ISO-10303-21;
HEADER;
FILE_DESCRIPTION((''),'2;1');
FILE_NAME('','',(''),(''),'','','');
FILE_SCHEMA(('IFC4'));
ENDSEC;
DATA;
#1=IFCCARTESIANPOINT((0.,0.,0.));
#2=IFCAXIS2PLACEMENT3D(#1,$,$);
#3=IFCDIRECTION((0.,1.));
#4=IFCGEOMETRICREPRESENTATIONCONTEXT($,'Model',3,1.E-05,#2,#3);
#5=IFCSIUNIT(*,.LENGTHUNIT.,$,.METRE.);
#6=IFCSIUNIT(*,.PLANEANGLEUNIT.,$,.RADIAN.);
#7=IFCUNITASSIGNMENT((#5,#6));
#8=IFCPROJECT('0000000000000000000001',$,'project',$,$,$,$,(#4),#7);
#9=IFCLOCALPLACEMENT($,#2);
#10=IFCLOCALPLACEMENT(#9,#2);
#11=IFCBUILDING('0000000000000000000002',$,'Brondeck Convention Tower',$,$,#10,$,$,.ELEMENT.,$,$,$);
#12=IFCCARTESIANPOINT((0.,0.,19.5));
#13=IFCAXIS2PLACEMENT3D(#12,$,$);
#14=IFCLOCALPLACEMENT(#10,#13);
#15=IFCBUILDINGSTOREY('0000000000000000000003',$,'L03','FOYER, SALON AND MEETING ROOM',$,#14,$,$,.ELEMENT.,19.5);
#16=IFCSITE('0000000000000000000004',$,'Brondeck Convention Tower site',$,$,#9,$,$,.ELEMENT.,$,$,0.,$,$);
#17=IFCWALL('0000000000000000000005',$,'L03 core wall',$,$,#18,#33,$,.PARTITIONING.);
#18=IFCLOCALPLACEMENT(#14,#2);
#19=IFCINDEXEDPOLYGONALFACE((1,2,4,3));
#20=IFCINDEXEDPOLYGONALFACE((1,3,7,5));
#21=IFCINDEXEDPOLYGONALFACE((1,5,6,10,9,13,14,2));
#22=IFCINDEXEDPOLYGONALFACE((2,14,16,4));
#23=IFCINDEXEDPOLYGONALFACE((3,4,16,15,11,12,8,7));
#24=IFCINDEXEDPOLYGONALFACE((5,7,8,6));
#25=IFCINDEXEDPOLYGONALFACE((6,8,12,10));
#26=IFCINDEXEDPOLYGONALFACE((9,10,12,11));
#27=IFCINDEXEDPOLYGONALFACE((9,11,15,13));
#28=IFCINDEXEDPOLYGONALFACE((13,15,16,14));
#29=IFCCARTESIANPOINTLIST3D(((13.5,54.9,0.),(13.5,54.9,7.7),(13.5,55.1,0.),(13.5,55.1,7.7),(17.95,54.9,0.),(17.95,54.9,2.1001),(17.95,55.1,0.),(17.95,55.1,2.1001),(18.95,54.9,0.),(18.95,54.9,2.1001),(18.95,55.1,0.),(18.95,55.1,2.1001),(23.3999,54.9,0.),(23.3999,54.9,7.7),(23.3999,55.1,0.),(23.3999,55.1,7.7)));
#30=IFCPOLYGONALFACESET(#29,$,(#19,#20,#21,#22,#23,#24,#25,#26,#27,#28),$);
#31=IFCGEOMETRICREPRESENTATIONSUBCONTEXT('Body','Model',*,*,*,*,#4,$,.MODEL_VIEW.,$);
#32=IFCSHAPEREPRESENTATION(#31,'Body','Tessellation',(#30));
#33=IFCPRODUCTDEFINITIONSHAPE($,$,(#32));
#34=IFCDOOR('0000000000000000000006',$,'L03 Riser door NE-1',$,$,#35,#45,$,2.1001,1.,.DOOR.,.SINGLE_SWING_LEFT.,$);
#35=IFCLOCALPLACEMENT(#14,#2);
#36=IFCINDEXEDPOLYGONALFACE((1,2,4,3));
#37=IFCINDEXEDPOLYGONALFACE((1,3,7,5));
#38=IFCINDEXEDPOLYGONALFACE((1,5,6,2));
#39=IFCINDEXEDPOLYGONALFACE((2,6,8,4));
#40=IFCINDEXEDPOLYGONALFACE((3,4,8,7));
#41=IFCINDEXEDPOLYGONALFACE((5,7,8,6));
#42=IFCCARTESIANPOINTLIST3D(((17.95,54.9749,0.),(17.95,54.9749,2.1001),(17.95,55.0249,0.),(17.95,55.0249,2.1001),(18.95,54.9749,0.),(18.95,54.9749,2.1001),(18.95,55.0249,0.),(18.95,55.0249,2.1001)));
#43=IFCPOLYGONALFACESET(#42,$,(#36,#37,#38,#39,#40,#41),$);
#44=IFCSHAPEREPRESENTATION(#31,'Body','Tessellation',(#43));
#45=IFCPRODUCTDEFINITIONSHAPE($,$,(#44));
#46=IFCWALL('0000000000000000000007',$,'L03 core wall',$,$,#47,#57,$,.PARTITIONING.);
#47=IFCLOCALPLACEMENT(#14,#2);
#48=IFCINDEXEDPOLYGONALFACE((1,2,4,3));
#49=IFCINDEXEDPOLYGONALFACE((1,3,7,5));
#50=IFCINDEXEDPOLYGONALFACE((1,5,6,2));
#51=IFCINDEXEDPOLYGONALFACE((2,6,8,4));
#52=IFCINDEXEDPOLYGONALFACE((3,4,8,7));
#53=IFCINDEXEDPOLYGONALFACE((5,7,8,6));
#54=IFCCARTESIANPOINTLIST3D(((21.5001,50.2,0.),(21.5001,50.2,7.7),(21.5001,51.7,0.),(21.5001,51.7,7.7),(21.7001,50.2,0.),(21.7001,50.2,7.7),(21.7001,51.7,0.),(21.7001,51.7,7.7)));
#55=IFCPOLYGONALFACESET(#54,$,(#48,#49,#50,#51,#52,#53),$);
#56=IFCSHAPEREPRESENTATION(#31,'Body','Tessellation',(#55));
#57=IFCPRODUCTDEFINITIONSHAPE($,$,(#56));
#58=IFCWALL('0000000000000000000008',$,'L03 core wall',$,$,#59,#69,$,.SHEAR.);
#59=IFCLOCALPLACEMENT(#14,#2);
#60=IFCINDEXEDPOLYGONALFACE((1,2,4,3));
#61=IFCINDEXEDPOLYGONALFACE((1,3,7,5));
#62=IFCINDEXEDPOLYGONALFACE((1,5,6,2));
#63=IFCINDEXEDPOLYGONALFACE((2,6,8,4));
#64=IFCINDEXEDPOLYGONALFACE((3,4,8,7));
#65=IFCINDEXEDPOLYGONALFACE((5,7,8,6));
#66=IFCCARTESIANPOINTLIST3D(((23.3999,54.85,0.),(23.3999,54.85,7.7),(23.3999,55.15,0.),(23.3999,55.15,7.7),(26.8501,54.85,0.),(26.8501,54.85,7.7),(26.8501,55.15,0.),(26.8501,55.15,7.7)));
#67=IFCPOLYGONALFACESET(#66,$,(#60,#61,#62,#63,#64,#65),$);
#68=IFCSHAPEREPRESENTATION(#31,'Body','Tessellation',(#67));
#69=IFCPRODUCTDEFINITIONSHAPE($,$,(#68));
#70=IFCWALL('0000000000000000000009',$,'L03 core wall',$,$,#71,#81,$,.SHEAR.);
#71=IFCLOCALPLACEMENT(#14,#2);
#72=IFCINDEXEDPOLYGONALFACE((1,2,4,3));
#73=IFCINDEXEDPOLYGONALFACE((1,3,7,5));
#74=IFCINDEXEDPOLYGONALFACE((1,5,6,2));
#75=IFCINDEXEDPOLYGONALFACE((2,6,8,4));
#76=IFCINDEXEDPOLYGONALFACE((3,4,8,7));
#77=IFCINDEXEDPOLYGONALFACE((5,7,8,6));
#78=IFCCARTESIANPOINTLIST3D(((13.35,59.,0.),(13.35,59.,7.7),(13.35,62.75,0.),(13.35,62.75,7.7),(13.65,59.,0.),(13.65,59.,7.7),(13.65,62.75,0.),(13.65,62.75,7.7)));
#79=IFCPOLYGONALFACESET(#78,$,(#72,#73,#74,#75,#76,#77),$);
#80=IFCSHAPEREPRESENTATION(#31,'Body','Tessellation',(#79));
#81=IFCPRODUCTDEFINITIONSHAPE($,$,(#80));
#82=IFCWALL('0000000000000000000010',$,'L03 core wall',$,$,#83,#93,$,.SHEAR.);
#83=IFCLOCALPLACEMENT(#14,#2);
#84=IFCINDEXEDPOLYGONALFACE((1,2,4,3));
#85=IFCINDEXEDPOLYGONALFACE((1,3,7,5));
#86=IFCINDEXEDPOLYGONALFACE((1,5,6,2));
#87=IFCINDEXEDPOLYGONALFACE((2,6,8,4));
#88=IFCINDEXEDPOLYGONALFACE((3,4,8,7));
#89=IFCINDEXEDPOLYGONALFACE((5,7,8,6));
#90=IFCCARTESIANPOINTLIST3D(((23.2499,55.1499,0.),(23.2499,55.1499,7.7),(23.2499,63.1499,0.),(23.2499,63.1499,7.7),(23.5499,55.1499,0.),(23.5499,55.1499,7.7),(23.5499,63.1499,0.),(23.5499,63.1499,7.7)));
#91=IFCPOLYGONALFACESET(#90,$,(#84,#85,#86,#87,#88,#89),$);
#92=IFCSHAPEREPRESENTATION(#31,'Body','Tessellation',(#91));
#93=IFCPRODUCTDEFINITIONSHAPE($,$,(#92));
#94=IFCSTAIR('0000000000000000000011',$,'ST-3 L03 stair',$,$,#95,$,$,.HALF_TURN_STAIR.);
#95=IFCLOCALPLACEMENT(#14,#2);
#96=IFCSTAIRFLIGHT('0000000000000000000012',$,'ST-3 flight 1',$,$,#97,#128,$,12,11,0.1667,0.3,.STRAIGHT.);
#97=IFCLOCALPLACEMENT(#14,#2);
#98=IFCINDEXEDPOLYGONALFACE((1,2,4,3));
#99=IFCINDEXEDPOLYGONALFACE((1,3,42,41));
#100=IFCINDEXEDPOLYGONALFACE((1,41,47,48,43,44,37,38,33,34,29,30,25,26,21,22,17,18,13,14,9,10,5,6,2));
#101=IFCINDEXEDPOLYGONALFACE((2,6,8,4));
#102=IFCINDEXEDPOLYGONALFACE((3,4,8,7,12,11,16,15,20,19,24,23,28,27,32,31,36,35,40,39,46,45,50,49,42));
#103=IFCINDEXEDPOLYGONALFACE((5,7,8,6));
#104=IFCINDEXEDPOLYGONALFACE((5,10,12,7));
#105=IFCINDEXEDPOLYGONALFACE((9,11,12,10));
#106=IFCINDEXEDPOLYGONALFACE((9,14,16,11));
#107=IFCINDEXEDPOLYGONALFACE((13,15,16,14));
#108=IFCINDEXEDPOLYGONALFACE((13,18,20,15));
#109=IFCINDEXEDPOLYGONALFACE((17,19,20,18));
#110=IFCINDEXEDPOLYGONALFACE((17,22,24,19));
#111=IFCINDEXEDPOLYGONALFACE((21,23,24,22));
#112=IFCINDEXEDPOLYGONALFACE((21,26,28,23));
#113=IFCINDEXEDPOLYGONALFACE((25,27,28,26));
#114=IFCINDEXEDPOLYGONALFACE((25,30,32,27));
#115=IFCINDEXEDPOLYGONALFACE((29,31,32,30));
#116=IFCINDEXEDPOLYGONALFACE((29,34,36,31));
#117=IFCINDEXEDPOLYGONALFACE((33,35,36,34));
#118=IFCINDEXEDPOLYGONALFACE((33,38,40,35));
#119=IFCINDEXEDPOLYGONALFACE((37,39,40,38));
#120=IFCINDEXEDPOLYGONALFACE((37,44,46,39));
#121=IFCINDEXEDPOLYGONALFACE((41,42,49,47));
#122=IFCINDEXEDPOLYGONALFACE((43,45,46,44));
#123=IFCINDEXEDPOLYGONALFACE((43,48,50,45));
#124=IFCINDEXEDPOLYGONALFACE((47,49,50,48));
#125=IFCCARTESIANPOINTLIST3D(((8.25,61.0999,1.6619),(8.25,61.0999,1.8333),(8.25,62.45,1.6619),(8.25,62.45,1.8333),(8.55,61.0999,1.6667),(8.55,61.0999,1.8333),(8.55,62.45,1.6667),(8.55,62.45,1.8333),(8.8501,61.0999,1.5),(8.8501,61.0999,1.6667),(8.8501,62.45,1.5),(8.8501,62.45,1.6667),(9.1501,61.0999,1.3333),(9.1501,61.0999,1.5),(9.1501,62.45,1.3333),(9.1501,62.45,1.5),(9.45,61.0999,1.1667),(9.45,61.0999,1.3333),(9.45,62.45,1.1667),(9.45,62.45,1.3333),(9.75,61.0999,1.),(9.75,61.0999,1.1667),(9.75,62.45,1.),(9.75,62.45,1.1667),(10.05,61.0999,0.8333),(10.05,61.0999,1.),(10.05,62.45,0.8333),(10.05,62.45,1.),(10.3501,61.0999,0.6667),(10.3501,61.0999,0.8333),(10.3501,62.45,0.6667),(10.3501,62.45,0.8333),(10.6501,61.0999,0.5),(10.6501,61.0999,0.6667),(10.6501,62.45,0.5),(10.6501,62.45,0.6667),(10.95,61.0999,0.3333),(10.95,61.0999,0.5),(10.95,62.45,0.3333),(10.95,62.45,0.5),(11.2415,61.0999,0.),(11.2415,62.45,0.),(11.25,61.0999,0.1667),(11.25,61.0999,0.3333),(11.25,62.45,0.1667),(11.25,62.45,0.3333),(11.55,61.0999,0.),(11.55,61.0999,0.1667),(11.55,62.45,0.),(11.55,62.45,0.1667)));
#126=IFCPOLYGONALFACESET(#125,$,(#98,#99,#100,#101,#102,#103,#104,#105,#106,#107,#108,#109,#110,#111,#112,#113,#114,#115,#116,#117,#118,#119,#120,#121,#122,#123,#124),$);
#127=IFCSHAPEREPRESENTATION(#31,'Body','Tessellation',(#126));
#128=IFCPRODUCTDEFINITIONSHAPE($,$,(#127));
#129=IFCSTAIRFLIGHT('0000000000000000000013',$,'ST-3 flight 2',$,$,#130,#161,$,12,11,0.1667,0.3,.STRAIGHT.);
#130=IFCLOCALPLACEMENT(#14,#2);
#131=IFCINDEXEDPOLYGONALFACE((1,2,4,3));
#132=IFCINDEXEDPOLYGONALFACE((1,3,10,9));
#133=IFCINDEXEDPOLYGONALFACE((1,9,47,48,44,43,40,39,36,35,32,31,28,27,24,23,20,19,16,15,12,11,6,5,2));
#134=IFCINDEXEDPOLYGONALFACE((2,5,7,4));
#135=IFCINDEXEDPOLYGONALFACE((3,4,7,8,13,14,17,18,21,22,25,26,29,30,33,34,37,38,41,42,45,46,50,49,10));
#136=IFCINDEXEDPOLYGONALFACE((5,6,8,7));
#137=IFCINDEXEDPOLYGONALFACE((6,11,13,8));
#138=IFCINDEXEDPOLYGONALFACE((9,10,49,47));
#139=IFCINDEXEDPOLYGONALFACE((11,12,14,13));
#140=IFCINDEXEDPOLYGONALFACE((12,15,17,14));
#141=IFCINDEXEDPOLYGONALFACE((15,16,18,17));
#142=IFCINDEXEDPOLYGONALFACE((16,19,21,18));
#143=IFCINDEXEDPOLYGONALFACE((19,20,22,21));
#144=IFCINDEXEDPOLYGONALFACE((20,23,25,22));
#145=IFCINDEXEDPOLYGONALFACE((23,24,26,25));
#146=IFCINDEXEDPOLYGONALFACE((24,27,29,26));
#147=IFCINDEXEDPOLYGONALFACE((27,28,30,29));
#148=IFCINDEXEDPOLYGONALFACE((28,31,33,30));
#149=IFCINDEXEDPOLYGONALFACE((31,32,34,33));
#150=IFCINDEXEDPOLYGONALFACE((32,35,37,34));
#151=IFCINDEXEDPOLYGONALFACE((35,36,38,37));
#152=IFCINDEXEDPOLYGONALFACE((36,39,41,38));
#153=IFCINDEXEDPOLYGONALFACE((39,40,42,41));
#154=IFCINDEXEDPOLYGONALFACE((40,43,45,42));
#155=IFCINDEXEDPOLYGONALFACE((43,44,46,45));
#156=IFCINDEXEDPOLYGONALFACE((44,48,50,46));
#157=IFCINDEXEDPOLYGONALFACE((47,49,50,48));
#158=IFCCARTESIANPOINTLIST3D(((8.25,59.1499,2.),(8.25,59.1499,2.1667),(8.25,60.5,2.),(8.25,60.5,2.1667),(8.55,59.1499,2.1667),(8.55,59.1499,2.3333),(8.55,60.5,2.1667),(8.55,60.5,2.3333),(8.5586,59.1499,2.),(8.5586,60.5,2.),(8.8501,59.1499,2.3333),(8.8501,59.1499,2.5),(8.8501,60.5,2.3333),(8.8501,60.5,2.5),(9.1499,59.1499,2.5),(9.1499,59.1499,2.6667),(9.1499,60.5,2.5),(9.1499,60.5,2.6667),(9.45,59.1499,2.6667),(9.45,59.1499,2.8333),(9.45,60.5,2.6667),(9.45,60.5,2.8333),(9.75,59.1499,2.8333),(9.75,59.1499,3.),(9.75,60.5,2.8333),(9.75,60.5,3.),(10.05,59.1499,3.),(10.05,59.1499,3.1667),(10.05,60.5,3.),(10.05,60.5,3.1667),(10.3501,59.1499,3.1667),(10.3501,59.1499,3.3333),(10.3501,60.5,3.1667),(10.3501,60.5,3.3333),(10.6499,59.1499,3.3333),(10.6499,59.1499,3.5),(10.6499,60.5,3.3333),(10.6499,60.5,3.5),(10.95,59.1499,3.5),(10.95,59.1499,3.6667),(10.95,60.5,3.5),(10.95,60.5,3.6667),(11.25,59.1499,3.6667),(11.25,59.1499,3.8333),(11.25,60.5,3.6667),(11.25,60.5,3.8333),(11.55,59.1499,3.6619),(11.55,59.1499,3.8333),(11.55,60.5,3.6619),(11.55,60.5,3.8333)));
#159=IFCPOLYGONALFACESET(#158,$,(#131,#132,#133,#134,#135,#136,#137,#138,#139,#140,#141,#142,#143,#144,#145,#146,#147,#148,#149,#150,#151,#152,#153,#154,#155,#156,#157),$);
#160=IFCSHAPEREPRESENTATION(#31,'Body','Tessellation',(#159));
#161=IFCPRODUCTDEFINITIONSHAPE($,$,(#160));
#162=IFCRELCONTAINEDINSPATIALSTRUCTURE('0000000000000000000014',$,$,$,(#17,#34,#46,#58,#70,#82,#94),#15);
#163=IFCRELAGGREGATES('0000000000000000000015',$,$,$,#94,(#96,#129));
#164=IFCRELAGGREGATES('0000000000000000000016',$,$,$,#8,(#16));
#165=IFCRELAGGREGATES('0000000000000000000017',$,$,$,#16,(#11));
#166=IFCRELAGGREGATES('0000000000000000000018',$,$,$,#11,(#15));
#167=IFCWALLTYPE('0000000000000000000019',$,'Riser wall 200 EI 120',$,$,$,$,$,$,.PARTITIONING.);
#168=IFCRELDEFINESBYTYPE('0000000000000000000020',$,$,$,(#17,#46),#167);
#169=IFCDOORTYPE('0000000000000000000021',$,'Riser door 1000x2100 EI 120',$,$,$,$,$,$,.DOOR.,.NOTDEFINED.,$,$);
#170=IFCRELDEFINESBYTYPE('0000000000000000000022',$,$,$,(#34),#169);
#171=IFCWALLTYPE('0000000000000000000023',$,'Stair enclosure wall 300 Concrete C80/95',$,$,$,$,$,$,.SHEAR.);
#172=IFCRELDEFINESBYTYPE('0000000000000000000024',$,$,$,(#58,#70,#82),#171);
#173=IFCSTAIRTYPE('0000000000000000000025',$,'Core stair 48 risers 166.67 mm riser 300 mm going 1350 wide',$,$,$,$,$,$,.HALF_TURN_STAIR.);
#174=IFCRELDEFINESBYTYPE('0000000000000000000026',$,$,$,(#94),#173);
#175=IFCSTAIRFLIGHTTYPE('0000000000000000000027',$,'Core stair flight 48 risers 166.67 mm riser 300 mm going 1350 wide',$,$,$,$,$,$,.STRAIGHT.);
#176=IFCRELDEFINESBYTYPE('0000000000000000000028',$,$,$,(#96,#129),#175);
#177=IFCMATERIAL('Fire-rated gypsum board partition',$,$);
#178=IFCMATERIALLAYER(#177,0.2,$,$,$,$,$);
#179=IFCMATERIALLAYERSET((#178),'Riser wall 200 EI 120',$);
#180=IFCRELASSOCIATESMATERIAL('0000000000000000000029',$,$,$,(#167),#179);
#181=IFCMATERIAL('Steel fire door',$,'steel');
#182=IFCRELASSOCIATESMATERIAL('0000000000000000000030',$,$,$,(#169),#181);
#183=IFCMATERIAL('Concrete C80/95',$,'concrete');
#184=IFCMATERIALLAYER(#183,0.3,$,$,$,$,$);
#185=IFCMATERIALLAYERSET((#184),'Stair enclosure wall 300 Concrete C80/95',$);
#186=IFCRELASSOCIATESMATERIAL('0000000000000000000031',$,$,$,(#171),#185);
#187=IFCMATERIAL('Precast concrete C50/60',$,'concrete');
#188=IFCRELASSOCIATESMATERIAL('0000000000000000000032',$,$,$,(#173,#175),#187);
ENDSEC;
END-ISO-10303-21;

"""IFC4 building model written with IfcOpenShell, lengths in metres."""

from ifc_helpers import new_model, si_unit, direction, frame, frame_2d, origin, place, context, subcontext, project, spatial, polyline, rectangle, outline, extrude, material, layer, layer_set, type_object, element, fill, aggregate, save


model = new_model("IFC4")

# Units and contexts
model_context = context("Model", 3, precision=1e-05, world=origin(), true_north=direction((0.0, 1.0)))
body_context = subcontext(model_context, "Body", "Model", "MODEL_VIEW")
ifc_project = project(units=[si_unit("LENGTHUNIT", "METRE"), si_unit("PLANEANGLEUNIT", "RADIAN")], contexts=[model_context])

# Site, building, storey
site_placement = place(None, origin())
site = spatial("IfcSite", under=ifc_project, at=site_placement, Name="Brondeck Convention Tower site", CompositionType="ELEMENT", RefElevation=0.0)
building_placement = place(site_placement, origin())
building = spatial("IfcBuilding", under=site, at=building_placement, Name="Brondeck Convention Tower", CompositionType="ELEMENT")
storey_placement = place(building_placement, frame((0.0, 0.0, 19.5)))
storey = spatial("IfcBuildingStorey", under=building, at=storey_placement, Name="L03", Description="FOYER, SALON AND MEETING ROOM", CompositionType="ELEMENT", Elevation=19.5)

# Shared definitions
ifc_material_1 = material(Name="Concrete C80/95", Category="concrete")

# Shared definitions
ifc_material_2 = material(Name="Fire-rated gypsum board partition")
ifc_layer_1 = layer(ifc_material_2, 0.2)
ifc_layer_set_1 = layer_set([ifc_layer_1], Name="Riser wall 200 EI 120")
wall_type_1 = type_object("IfcWallType", Name="Riser wall 200 EI 120", PredefinedType="PARTITIONING", material=ifc_layer_set_1)

# Wall, opening, door
wall_1_placement = place(storey_placement, frame((13.5, 55.0, 0.0), z_axis=(0.0, 0.0, 1.0), x_axis=(1.0, 0.0, 0.0)))
wall_1 = element("IfcWall", 1, at=wall_1_placement, inside=storey, type_object=wall_type_1, Name="L03 core wall", PredefinedType="PARTITIONING", context=body_context, shape_type="SweptSolid", body=[
    extrude(rectangle(XDim=9.8999, YDim=0.2, at=frame_2d((4.95, 0.0))), origin(), (0.0, 0.0, 1.0), 7.7),
])
opening_placement = place(wall_1_placement, frame((4.45, 0.0, 0.0)))
opening = element("IfcOpeningElement", 2, at=opening_placement, cuts=wall_1, PredefinedType="OPENING", context=body_context, shape_type="SweptSolid", body=[
    extrude(rectangle(XDim=1.0, YDim=2.1001, at=frame_2d((0.5, 1.05))), frame((0.0, 0.1099, 0.0), z_axis=(0.0, -1.0, 0.0), x_axis=(1.0, 0.0, 0.0)), (0.0, 0.0, 1.0), 0.22),
])
ifc_material_3 = material(Name="Steel fire door", Category="steel")
door_type = type_object("IfcDoorType", Name="Riser door 1000x2100 EI 120", OperationType="NOTDEFINED", PredefinedType="DOOR", material=ifc_material_3)
door_placement = place(opening_placement, origin())
door = element("IfcDoor", 3, at=door_placement, inside=storey, type_object=door_type, Name="L03 Riser door NE-1", OperationType="SINGLE_SWING_LEFT", OverallHeight=2.1001, OverallWidth=1.0, PredefinedType="DOOR", context=body_context, shape_type="SweptSolid", body=[
    extrude(rectangle(XDim=1.0, YDim=2.1001, at=frame_2d((0.5, 1.05))), frame((0.0, 0.0249, 0.0), z_axis=(0.0, -1.0, 0.0), x_axis=(1.0, 0.0, 0.0)), (0.0, 0.0, 1.0), 0.05),
])
fill(opening, door)

# Walls
wall_2_placement = place(storey_placement, frame((21.6001, 50.2, 0.0), z_axis=(0.0, 0.0, 1.0), x_axis=(0.0, 1.0, 0.0)))
element("IfcWall", 4, at=wall_2_placement, inside=storey, type_object=wall_type_1, Name="L03 core wall", PredefinedType="PARTITIONING", context=body_context, shape_type="SweptSolid", body=[
    extrude(rectangle(XDim=1.5, YDim=0.2, at=frame_2d((0.75, 0.0))), origin(), (0.0, 0.0, 1.0), 7.7),
])
ifc_layer_2 = layer(ifc_material_1, 0.3)
ifc_layer_set_2 = layer_set([ifc_layer_2], Name="Stair enclosure wall 300 Concrete C80/95")
wall_type_2 = type_object("IfcWallType", Name="Stair enclosure wall 300 Concrete C80/95", PredefinedType="SHEAR", material=ifc_layer_set_2)
wall_3_placement = place(storey_placement, frame((23.3999, 55.0, 0.0), z_axis=(0.0, 0.0, 1.0), x_axis=(1.0, 0.0, 0.0)))
element("IfcWall", 5, at=wall_3_placement, inside=storey, type_object=wall_type_2, Name="L03 core wall", PredefinedType="SHEAR", context=body_context, shape_type="SweptSolid", body=[
    extrude(rectangle(XDim=3.4502, YDim=0.3, at=frame_2d((1.7251, 0.0))), origin(), (0.0, 0.0, 1.0), 7.7),
])
wall_4_placement = place(storey_placement, frame((13.5, 59.0, 0.0), z_axis=(0.0, 0.0, 1.0), x_axis=(0.0, 1.0, 0.0)))
element("IfcWall", 6, at=wall_4_placement, inside=storey, type_object=wall_type_2, Name="L03 core wall", PredefinedType="SHEAR", context=body_context, shape_type="SweptSolid", body=[
    extrude(rectangle(XDim=3.75, YDim=0.3, at=frame_2d((1.875, 0.0))), origin(), (0.0, 0.0, 1.0), 7.7),
])
wall_5_placement = place(storey_placement, frame((23.3999, 55.1499, 0.0), z_axis=(0.0, 0.0, 1.0), x_axis=(0.0, 1.0, 0.0)))
element("IfcWall", 7, at=wall_5_placement, inside=storey, type_object=wall_type_2, Name="L03 core wall", PredefinedType="SHEAR", context=body_context, shape_type="SweptSolid", body=[
    extrude(rectangle(XDim=8.0, YDim=0.3, at=frame_2d((4.0, 0.0))), origin(), (0.0, 0.0, 1.0), 7.7),
])

# Stair, stair flights
ifc_material_4 = material(Name="Precast concrete C50/60", Category="concrete")
stair_type = type_object("IfcStairType", Name="Core stair 48 risers 166.67 mm riser 300 mm going 1350 wide", PredefinedType="HALF_TURN_STAIR", material=ifc_material_4)
stair_placement = place(storey_placement, origin())
stair = element("IfcStair", 8, at=stair_placement, inside=storey, type_object=stair_type, Name="ST-3 L03 stair", PredefinedType="HALF_TURN_STAIR")
stair_flight_type = type_object("IfcStairFlightType", Name="Core stair flight 48 risers 166.67 mm riser 300 mm going 1350 wide", PredefinedType="STRAIGHT", material=ifc_material_4)
stair_flight_1_placement = place(storey_placement, frame((11.55, 61.7749, 0.0), z_axis=(0.0, 0.0, 1.0), x_axis=(-1.0, 0.0, 0.0)))
stair_flight_1 = element("IfcStairFlight", 9, at=stair_flight_1_placement, type_object=stair_flight_type, Name="ST-3 flight 1", NumberOfRisers=12, NumberOfTreads=11, PredefinedType="STRAIGHT", RiserHeight=0.1667, TreadLength=0.3, context=body_context, shape_type="SweptSolid", body=[
    extrude(outline(polyline([(0.0, 0.0), (0.0, 0.1667), (0.3, 0.1667), (0.3, 0.3333), (0.6001, 0.3333), (0.6001, 0.5), (0.8999, 0.5), (0.8999, 0.6667), (1.2, 0.6667), (1.2, 0.8333), (1.5, 0.8333), (1.5, 1.0), (1.8, 1.0), (1.8, 1.1667), (2.1001, 1.1667), (2.1001, 1.3333), (2.3999, 1.3333), (2.3999, 1.5), (2.7, 1.5), (2.7, 1.6667), (3.0, 1.6667), (3.0, 1.8333), (3.3, 1.8333), (3.3, 2.0), (3.3, 1.6619), (0.3086, 0.0), (0.0, 0.0)])), frame((0.0, 0.675, 0.0), z_axis=(0.0, -1.0, 0.0), x_axis=(1.0, 0.0, 0.0)), (0.0, 0.0, 1.0), 1.3501),
])
stair_flight_2_placement = place(storey_placement, frame((8.25, 59.825, 2.0), z_axis=(0.0, 0.0, 1.0), x_axis=(1.0, 0.0, 0.0)))
stair_flight_2 = element("IfcStairFlight", 10, at=stair_flight_2_placement, type_object=stair_flight_type, Name="ST-3 flight 2", NumberOfRisers=12, NumberOfTreads=11, PredefinedType="STRAIGHT", RiserHeight=0.1667, TreadLength=0.3, context=body_context, shape_type="SweptSolid", body=[
    extrude(outline(polyline([(0.0, 0.0), (0.0, 0.1667), (0.3, 0.1667), (0.3, 0.3333), (0.6001, 0.3333), (0.6001, 0.5), (0.8999, 0.5), (0.8999, 0.6667), (1.2, 0.6667), (1.2, 0.8333), (1.5, 0.8333), (1.5, 1.0), (1.8, 1.0), (1.8, 1.1667), (2.1001, 1.1667), (2.1001, 1.3333), (2.3999, 1.3333), (2.3999, 1.5), (2.7, 1.5), (2.7, 1.6667), (3.0, 1.6667), (3.0, 1.8333), (3.3, 1.8333), (3.3, 2.0), (3.3, 1.6619), (0.3086, 0.0), (0.0, 0.0)])), frame((0.0, 0.675, 0.0), z_axis=(0.0, -1.0, 0.0), x_axis=(1.0, 0.0, 0.0)), (0.0, 0.0, 1.0), 1.3501),
])
aggregate(stair, [stair_flight_1, stair_flight_2])

save(model, "model.ifc")
